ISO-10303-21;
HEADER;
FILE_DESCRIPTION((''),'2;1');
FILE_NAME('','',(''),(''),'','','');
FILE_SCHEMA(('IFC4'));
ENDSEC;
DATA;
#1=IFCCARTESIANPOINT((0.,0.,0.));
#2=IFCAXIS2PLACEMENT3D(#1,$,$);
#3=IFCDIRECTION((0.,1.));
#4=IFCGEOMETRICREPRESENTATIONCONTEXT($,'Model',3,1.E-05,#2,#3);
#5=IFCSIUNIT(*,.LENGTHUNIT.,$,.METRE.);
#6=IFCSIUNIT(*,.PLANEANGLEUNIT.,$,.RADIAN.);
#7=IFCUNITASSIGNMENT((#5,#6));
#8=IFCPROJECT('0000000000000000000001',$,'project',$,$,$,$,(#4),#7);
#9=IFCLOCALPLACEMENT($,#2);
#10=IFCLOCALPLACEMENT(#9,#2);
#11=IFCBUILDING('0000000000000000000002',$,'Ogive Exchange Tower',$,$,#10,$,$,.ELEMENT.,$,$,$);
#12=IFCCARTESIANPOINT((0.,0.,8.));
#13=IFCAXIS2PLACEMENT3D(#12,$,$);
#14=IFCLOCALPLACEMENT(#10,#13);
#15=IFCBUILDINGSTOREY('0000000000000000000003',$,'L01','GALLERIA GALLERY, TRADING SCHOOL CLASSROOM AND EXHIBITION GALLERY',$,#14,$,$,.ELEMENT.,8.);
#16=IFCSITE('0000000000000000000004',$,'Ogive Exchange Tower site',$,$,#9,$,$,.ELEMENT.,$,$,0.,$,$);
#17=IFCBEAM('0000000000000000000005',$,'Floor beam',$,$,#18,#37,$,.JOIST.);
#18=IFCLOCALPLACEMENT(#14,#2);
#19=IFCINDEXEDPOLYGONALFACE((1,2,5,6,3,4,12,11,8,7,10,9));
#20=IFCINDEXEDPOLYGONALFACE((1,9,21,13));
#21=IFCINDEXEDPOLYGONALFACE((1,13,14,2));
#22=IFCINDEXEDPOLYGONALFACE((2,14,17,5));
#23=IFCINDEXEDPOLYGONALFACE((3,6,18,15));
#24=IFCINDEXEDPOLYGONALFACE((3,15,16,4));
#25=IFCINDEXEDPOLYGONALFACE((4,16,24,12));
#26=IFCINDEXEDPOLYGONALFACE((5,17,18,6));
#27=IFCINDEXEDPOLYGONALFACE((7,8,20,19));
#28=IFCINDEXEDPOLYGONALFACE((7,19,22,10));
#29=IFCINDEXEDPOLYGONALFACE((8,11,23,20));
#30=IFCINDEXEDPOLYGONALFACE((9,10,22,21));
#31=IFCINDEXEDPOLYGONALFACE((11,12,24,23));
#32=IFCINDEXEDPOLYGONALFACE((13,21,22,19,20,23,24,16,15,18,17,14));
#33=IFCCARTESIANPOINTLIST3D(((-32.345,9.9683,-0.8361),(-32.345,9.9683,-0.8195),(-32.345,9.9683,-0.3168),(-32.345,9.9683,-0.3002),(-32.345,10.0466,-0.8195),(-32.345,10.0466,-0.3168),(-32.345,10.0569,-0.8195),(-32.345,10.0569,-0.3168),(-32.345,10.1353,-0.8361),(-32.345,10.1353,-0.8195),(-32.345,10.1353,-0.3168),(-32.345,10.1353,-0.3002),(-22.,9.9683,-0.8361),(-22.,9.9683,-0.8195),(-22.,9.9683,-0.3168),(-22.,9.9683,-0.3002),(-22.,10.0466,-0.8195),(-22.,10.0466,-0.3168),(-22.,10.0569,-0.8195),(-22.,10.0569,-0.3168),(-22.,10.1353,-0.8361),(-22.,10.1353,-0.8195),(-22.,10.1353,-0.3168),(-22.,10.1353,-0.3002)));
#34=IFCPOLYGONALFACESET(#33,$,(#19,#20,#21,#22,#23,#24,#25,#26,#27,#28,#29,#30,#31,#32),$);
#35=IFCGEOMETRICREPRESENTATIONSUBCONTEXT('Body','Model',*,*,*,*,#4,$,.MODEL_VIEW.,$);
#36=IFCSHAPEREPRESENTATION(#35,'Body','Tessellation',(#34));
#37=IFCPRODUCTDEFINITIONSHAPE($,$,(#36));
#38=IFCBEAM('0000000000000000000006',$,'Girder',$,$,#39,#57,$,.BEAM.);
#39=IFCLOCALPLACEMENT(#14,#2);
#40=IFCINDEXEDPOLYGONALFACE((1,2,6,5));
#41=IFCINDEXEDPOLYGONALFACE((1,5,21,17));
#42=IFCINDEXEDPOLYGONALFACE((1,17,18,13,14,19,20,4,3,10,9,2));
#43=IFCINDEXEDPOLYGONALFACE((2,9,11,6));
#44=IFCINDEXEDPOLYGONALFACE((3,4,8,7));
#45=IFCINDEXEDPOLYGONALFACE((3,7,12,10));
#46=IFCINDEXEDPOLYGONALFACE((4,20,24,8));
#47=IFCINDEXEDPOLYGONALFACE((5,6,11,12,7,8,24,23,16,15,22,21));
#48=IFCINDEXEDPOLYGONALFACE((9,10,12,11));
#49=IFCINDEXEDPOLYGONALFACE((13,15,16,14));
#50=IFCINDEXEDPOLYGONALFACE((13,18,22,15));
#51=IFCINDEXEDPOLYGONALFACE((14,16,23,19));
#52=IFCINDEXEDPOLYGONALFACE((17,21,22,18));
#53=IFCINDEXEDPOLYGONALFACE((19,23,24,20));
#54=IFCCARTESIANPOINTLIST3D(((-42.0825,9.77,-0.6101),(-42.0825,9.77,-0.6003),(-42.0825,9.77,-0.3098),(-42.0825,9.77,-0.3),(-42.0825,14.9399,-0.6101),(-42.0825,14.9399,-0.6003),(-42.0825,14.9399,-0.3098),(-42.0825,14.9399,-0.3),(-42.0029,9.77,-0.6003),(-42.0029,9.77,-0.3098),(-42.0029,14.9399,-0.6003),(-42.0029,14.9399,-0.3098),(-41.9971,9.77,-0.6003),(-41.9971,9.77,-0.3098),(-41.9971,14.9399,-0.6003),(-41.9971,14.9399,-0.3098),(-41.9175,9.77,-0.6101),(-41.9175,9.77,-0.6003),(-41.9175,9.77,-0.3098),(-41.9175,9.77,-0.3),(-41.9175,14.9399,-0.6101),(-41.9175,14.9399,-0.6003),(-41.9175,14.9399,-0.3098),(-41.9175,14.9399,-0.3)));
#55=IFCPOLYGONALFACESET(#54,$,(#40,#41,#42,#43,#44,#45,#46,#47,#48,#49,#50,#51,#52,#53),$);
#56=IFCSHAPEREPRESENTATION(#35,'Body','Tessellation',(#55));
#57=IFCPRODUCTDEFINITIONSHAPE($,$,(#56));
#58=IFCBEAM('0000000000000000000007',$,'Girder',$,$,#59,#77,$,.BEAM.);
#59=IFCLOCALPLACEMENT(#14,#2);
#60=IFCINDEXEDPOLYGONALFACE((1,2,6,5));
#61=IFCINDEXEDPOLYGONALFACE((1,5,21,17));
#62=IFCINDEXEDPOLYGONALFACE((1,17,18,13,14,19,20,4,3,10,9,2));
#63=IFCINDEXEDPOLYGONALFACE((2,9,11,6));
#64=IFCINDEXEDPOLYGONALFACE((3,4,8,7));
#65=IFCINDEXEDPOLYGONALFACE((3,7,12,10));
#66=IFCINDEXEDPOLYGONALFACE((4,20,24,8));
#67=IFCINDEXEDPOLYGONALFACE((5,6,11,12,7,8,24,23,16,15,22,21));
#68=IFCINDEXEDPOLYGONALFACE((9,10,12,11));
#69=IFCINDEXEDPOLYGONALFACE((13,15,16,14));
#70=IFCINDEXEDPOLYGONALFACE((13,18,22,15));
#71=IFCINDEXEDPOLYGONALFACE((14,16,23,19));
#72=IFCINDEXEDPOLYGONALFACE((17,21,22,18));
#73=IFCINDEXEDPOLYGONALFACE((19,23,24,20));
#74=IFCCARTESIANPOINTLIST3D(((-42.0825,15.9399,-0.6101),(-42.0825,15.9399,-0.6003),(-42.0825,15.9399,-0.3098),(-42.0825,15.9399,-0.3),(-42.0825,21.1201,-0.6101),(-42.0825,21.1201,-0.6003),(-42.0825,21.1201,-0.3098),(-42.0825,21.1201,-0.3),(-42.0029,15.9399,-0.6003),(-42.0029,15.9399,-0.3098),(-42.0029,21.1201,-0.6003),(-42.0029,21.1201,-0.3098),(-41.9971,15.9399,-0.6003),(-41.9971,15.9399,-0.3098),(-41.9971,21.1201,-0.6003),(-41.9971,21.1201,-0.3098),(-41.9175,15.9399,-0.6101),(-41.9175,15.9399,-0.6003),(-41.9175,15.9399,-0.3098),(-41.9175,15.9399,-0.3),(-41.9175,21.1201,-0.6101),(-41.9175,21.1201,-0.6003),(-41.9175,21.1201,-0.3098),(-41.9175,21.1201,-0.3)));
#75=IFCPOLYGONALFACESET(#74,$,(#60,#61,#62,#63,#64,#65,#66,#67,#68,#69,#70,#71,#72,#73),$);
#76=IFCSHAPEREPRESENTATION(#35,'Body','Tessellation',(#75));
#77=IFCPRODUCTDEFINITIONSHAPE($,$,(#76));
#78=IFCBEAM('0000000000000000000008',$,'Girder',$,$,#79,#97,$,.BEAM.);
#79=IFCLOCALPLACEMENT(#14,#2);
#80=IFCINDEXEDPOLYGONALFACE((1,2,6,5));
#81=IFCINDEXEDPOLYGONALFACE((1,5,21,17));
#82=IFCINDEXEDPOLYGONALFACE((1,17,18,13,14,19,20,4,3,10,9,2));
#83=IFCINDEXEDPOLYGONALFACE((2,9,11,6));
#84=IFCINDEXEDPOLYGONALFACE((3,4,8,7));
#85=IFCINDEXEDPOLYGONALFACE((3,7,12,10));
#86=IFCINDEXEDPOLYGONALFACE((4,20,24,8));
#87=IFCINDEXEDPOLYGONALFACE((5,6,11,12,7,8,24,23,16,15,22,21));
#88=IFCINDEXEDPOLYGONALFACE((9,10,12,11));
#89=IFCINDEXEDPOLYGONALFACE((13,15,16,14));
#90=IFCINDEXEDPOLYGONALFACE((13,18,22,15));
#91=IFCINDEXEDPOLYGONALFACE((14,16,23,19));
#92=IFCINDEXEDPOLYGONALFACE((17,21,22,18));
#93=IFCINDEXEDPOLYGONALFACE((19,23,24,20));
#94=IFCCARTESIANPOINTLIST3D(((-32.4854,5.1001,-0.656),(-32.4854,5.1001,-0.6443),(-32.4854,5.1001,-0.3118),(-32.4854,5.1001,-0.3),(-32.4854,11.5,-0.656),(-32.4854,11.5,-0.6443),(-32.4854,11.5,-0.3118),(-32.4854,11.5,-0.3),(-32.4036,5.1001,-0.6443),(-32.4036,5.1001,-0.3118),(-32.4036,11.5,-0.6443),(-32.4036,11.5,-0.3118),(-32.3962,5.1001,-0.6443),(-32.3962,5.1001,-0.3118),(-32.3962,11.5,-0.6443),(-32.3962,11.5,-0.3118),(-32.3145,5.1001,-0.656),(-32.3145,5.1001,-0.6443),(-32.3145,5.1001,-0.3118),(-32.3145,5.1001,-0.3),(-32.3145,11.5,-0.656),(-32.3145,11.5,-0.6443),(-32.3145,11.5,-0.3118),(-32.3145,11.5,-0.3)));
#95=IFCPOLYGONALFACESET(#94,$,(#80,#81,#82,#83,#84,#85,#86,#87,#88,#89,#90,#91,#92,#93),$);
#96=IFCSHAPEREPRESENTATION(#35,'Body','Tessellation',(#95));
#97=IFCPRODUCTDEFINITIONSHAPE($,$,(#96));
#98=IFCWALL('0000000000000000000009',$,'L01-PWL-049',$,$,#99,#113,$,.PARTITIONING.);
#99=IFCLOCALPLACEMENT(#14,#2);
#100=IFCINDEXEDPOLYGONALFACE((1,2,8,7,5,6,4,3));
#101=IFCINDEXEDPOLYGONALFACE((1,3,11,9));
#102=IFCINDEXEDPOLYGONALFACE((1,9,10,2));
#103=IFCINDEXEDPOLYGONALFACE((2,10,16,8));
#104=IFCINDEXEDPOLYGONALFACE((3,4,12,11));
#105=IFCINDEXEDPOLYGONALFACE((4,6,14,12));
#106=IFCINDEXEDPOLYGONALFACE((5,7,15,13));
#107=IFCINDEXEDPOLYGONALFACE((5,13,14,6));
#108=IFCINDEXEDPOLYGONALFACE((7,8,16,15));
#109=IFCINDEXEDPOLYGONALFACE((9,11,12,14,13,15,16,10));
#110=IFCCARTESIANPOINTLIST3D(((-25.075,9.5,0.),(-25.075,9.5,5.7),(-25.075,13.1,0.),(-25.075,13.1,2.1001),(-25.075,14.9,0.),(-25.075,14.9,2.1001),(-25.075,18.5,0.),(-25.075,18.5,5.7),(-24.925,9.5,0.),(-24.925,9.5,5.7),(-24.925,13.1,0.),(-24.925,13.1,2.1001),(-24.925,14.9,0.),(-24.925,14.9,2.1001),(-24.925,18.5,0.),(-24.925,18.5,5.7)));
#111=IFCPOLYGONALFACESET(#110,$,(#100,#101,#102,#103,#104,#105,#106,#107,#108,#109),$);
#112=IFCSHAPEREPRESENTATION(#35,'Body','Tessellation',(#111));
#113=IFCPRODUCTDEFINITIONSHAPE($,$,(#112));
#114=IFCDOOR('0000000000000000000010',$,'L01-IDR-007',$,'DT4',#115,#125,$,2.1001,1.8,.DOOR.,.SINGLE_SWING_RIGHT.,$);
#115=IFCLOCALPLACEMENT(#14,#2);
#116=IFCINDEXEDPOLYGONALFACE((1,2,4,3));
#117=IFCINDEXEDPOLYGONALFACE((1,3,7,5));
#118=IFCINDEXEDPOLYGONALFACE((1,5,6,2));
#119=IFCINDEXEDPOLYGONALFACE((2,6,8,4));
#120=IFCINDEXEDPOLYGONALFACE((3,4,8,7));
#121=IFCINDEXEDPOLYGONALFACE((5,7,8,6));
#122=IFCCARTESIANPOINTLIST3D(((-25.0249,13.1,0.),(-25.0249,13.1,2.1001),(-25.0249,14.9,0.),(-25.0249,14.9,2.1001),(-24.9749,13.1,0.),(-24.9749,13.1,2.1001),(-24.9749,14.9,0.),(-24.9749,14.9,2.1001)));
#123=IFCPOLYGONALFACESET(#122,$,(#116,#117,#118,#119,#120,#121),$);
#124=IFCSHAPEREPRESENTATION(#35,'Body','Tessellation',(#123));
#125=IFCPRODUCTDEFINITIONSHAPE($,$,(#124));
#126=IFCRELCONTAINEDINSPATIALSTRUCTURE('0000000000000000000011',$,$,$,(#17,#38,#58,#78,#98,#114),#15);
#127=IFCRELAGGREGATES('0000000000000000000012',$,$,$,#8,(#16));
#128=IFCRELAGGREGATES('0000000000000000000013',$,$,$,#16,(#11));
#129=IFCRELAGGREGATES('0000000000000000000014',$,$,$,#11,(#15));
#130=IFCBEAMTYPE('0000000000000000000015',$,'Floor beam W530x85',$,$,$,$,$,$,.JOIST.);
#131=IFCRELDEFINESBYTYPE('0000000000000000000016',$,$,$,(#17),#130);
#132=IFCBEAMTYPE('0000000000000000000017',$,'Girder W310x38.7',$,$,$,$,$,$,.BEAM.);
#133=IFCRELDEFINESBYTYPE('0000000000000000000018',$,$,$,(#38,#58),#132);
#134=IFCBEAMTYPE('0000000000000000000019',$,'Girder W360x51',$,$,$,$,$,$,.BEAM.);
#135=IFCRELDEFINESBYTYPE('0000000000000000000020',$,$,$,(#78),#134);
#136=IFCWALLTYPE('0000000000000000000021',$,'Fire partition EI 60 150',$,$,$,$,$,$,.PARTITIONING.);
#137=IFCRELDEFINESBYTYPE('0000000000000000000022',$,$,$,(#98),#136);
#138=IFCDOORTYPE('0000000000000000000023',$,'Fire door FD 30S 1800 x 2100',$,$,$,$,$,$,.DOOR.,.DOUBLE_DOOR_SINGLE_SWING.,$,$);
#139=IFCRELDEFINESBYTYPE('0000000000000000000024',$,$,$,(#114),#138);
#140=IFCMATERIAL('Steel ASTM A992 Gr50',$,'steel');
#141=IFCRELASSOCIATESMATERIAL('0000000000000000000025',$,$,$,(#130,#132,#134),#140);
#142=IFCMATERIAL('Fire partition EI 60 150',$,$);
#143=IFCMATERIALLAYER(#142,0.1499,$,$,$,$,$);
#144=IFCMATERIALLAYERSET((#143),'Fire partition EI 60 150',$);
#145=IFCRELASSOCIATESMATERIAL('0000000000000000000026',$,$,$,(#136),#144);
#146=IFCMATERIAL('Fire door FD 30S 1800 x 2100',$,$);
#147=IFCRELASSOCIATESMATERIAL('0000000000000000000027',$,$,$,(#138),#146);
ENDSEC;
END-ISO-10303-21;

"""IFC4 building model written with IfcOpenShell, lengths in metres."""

from ifc_helpers import new_model, si_unit, direction, frame, frame_2d, origin, origin_2d, place, context, subcontext, project, spatial, rectangle, i_section, extrude, material, layer, layer_set, material_profile, profile_set, type_object, element, fill, save


model = new_model("IFC4")

# Units and contexts
model_context = context("Model", 3, precision=1e-05, world=origin(), true_north=direction((0.0, 1.0)))
body_context = subcontext(model_context, "Body", "Model", "MODEL_VIEW")
ifc_project = project(units=[si_unit("LENGTHUNIT", "METRE"), si_unit("PLANEANGLEUNIT", "RADIAN")], contexts=[model_context])

# Site, building, storey
site_placement = place(None, origin())
site = spatial("IfcSite", under=ifc_project, at=site_placement, Name="Ogive Exchange Tower site", CompositionType="ELEMENT", RefElevation=0.0)
building_placement = place(site_placement, origin())
building = spatial("IfcBuilding", under=site, at=building_placement, Name="Ogive Exchange Tower", CompositionType="ELEMENT")
storey_placement = place(building_placement, frame((0.0, 0.0, 8.0)))
storey = spatial("IfcBuildingStorey", under=building, at=storey_placement, Name="L01", Description="GALLERIA GALLERY, TRADING SCHOOL CLASSROOM AND EXHIBITION GALLERY", CompositionType="ELEMENT", Elevation=8.0)

# Beams
ifc_material_1 = material(Name="Steel ASTM A992 Gr50", Category="steel")
ifc_material_profile_1 = material_profile(ifc_material_1, i_section(OverallWidth=0.167, OverallDepth=0.5359, WebThickness=0.0103, FlangeThickness=0.0166, at=origin_2d()), Name="W530x85")
ifc_profile_set_1 = profile_set([ifc_material_profile_1], Name="Steel ASTM A992 Gr50")
beam_type_1 = type_object("IfcBeamType", Name="Floor beam W530x85", PredefinedType="JOIST", material=ifc_profile_set_1)
beam_1_placement = place(storey_placement, frame((-32.345, 10.0518, -0.5681), z_axis=(1.0, 0.0, 0.0), x_axis=(0.0, 1.0, 0.0)))
element("IfcBeam", 1, at=beam_1_placement, inside=storey, type_object=beam_type_1, Name="Floor beam", PredefinedType="JOIST", context=body_context, shape_type="SweptSolid", body=[
    extrude(i_section(OverallWidth=0.167, OverallDepth=0.5359, WebThickness=0.0103, FlangeThickness=0.0166, at=origin_2d()), origin(), (0.0, 0.0, 1.0), 10.345),
])
ifc_material_profile_2 = material_profile(ifc_material_1, i_section(OverallWidth=0.165, OverallDepth=0.3101, WebThickness=0.0059, FlangeThickness=0.0098, at=origin_2d()), Name="W310x38.7")
ifc_profile_set_2 = profile_set([ifc_material_profile_2], Name="Steel ASTM A992 Gr50")
beam_type_2 = type_object("IfcBeamType", Name="Girder W310x38.7", PredefinedType="BEAM", material=ifc_profile_set_2)
beam_2_placement = place(storey_placement, frame((-42.0, 9.77, -0.4551), z_axis=(0.0, 1.0, 0.0), x_axis=(-1.0, 0.0, 0.0)))
element("IfcBeam", 2, at=beam_2_placement, inside=storey, type_object=beam_type_2, Name="Girder", PredefinedType="BEAM", context=body_context, shape_type="SweptSolid", body=[
    extrude(i_section(OverallWidth=0.165, OverallDepth=0.3101, WebThickness=0.0059, FlangeThickness=0.0098, at=origin_2d()), origin(), (0.0, 0.0, 1.0), 5.1699),
])
beam_3_placement = place(storey_placement, frame((-42.0, 15.9399, -0.4551), z_axis=(0.0, 1.0, 0.0), x_axis=(-1.0, 0.0, 0.0)))
element("IfcBeam", 3, at=beam_3_placement, inside=storey, type_object=beam_type_2, Name="Girder", PredefinedType="BEAM", context=body_context, shape_type="SweptSolid", body=[
    extrude(i_section(OverallWidth=0.165, OverallDepth=0.3101, WebThickness=0.0059, FlangeThickness=0.0098, at=origin_2d()), origin(), (0.0, 0.0, 1.0), 5.1802),
])
ifc_material_profile_3 = material_profile(ifc_material_1, i_section(OverallWidth=0.1709, OverallDepth=0.356, WebThickness=0.0073, FlangeThickness=0.0117, at=origin_2d()), Name="W360x51")
ifc_profile_set_3 = profile_set([ifc_material_profile_3], Name="Steel ASTM A992 Gr50")
beam_type_3 = type_object("IfcBeamType", Name="Girder W360x51", PredefinedType="BEAM", material=ifc_profile_set_3)
beam_4_placement = place(storey_placement, frame((-32.3999, 11.5, -0.478), z_axis=(0.0, -1.0, 0.0), x_axis=(1.0, 0.0, 0.0)))
element("IfcBeam", 4, at=beam_4_placement, inside=storey, type_object=beam_type_3, Name="Girder", PredefinedType="BEAM", context=body_context, shape_type="SweptSolid", body=[
    extrude(i_section(OverallWidth=0.1709, OverallDepth=0.356, WebThickness=0.0073, FlangeThickness=0.0117, at=origin_2d()), origin(), (0.0, 0.0, 1.0), 6.3999),
])

# Wall, opening, door
ifc_material_2 = material(Name="Fire partition EI 60 150")
ifc_layer_1 = layer(ifc_material_2, 0.1499)
ifc_layer_set_1 = layer_set([ifc_layer_1], Name="Fire partition EI 60 150")
wall_type_1 = type_object("IfcWallType", Name="Fire partition EI 60 150", PredefinedType="PARTITIONING", material=ifc_layer_set_1)
wall_1_placement = place(storey_placement, frame((-25.0, 9.5, 0.0), z_axis=(0.0, 0.0, 1.0), x_axis=(0.0, 1.0, 0.0)))
wall_1 = element("IfcWall", 5, at=wall_1_placement, inside=storey, type_object=wall_type_1, Name="L01-PWL-049", PredefinedType="PARTITIONING", context=body_context, shape_type="SweptSolid", body=[
    extrude(rectangle(XDim=9.0, YDim=0.1499, at=frame_2d((4.5, 0.0))), origin(), (0.0, 0.0, 1.0), 5.7),
])
opening_1_placement = place(wall_1_placement, frame((3.6001, 0.0, 0.0)))
opening_1 = element("IfcOpeningElement", 6, at=opening_1_placement, cuts=wall_1, PredefinedType="OPENING", context=body_context, shape_type="SweptSolid", body=[
    extrude(rectangle(XDim=1.8, YDim=2.1001, at=frame_2d((0.8999, 1.05))), frame((0.0, 0.085, 0.0), z_axis=(0.0, -1.0, 0.0), x_axis=(1.0, 0.0, 0.0)), (0.0, 0.0, 1.0), 0.1699),
])
ifc_material_3 = material(Name="Fire door FD 30S 1800 x 2100")
door_type = type_object("IfcDoorType", Name="Fire door FD 30S 1800 x 2100", OperationType="DOUBLE_DOOR_SINGLE_SWING", PredefinedType="DOOR", material=ifc_material_3)
door_placement = place(opening_1_placement, origin())
door = element("IfcDoor", 7, at=door_placement, inside=storey, type_object=door_type, Name="L01-IDR-007", ObjectType="DT4", OperationType="SINGLE_SWING_RIGHT", OverallHeight=2.1001, OverallWidth=1.8, PredefinedType="DOOR", context=body_context, shape_type="SweptSolid", body=[
    extrude(rectangle(XDim=1.8, YDim=2.1001, at=frame_2d((0.8999, 1.05))), frame((0.0, 0.0249, 0.0), z_axis=(0.0, -1.0, 0.0), x_axis=(1.0, 0.0, 0.0)), (0.0, 0.0, 1.0), 0.05),
])
fill(opening_1, door)

save(model, "model.ifc")
